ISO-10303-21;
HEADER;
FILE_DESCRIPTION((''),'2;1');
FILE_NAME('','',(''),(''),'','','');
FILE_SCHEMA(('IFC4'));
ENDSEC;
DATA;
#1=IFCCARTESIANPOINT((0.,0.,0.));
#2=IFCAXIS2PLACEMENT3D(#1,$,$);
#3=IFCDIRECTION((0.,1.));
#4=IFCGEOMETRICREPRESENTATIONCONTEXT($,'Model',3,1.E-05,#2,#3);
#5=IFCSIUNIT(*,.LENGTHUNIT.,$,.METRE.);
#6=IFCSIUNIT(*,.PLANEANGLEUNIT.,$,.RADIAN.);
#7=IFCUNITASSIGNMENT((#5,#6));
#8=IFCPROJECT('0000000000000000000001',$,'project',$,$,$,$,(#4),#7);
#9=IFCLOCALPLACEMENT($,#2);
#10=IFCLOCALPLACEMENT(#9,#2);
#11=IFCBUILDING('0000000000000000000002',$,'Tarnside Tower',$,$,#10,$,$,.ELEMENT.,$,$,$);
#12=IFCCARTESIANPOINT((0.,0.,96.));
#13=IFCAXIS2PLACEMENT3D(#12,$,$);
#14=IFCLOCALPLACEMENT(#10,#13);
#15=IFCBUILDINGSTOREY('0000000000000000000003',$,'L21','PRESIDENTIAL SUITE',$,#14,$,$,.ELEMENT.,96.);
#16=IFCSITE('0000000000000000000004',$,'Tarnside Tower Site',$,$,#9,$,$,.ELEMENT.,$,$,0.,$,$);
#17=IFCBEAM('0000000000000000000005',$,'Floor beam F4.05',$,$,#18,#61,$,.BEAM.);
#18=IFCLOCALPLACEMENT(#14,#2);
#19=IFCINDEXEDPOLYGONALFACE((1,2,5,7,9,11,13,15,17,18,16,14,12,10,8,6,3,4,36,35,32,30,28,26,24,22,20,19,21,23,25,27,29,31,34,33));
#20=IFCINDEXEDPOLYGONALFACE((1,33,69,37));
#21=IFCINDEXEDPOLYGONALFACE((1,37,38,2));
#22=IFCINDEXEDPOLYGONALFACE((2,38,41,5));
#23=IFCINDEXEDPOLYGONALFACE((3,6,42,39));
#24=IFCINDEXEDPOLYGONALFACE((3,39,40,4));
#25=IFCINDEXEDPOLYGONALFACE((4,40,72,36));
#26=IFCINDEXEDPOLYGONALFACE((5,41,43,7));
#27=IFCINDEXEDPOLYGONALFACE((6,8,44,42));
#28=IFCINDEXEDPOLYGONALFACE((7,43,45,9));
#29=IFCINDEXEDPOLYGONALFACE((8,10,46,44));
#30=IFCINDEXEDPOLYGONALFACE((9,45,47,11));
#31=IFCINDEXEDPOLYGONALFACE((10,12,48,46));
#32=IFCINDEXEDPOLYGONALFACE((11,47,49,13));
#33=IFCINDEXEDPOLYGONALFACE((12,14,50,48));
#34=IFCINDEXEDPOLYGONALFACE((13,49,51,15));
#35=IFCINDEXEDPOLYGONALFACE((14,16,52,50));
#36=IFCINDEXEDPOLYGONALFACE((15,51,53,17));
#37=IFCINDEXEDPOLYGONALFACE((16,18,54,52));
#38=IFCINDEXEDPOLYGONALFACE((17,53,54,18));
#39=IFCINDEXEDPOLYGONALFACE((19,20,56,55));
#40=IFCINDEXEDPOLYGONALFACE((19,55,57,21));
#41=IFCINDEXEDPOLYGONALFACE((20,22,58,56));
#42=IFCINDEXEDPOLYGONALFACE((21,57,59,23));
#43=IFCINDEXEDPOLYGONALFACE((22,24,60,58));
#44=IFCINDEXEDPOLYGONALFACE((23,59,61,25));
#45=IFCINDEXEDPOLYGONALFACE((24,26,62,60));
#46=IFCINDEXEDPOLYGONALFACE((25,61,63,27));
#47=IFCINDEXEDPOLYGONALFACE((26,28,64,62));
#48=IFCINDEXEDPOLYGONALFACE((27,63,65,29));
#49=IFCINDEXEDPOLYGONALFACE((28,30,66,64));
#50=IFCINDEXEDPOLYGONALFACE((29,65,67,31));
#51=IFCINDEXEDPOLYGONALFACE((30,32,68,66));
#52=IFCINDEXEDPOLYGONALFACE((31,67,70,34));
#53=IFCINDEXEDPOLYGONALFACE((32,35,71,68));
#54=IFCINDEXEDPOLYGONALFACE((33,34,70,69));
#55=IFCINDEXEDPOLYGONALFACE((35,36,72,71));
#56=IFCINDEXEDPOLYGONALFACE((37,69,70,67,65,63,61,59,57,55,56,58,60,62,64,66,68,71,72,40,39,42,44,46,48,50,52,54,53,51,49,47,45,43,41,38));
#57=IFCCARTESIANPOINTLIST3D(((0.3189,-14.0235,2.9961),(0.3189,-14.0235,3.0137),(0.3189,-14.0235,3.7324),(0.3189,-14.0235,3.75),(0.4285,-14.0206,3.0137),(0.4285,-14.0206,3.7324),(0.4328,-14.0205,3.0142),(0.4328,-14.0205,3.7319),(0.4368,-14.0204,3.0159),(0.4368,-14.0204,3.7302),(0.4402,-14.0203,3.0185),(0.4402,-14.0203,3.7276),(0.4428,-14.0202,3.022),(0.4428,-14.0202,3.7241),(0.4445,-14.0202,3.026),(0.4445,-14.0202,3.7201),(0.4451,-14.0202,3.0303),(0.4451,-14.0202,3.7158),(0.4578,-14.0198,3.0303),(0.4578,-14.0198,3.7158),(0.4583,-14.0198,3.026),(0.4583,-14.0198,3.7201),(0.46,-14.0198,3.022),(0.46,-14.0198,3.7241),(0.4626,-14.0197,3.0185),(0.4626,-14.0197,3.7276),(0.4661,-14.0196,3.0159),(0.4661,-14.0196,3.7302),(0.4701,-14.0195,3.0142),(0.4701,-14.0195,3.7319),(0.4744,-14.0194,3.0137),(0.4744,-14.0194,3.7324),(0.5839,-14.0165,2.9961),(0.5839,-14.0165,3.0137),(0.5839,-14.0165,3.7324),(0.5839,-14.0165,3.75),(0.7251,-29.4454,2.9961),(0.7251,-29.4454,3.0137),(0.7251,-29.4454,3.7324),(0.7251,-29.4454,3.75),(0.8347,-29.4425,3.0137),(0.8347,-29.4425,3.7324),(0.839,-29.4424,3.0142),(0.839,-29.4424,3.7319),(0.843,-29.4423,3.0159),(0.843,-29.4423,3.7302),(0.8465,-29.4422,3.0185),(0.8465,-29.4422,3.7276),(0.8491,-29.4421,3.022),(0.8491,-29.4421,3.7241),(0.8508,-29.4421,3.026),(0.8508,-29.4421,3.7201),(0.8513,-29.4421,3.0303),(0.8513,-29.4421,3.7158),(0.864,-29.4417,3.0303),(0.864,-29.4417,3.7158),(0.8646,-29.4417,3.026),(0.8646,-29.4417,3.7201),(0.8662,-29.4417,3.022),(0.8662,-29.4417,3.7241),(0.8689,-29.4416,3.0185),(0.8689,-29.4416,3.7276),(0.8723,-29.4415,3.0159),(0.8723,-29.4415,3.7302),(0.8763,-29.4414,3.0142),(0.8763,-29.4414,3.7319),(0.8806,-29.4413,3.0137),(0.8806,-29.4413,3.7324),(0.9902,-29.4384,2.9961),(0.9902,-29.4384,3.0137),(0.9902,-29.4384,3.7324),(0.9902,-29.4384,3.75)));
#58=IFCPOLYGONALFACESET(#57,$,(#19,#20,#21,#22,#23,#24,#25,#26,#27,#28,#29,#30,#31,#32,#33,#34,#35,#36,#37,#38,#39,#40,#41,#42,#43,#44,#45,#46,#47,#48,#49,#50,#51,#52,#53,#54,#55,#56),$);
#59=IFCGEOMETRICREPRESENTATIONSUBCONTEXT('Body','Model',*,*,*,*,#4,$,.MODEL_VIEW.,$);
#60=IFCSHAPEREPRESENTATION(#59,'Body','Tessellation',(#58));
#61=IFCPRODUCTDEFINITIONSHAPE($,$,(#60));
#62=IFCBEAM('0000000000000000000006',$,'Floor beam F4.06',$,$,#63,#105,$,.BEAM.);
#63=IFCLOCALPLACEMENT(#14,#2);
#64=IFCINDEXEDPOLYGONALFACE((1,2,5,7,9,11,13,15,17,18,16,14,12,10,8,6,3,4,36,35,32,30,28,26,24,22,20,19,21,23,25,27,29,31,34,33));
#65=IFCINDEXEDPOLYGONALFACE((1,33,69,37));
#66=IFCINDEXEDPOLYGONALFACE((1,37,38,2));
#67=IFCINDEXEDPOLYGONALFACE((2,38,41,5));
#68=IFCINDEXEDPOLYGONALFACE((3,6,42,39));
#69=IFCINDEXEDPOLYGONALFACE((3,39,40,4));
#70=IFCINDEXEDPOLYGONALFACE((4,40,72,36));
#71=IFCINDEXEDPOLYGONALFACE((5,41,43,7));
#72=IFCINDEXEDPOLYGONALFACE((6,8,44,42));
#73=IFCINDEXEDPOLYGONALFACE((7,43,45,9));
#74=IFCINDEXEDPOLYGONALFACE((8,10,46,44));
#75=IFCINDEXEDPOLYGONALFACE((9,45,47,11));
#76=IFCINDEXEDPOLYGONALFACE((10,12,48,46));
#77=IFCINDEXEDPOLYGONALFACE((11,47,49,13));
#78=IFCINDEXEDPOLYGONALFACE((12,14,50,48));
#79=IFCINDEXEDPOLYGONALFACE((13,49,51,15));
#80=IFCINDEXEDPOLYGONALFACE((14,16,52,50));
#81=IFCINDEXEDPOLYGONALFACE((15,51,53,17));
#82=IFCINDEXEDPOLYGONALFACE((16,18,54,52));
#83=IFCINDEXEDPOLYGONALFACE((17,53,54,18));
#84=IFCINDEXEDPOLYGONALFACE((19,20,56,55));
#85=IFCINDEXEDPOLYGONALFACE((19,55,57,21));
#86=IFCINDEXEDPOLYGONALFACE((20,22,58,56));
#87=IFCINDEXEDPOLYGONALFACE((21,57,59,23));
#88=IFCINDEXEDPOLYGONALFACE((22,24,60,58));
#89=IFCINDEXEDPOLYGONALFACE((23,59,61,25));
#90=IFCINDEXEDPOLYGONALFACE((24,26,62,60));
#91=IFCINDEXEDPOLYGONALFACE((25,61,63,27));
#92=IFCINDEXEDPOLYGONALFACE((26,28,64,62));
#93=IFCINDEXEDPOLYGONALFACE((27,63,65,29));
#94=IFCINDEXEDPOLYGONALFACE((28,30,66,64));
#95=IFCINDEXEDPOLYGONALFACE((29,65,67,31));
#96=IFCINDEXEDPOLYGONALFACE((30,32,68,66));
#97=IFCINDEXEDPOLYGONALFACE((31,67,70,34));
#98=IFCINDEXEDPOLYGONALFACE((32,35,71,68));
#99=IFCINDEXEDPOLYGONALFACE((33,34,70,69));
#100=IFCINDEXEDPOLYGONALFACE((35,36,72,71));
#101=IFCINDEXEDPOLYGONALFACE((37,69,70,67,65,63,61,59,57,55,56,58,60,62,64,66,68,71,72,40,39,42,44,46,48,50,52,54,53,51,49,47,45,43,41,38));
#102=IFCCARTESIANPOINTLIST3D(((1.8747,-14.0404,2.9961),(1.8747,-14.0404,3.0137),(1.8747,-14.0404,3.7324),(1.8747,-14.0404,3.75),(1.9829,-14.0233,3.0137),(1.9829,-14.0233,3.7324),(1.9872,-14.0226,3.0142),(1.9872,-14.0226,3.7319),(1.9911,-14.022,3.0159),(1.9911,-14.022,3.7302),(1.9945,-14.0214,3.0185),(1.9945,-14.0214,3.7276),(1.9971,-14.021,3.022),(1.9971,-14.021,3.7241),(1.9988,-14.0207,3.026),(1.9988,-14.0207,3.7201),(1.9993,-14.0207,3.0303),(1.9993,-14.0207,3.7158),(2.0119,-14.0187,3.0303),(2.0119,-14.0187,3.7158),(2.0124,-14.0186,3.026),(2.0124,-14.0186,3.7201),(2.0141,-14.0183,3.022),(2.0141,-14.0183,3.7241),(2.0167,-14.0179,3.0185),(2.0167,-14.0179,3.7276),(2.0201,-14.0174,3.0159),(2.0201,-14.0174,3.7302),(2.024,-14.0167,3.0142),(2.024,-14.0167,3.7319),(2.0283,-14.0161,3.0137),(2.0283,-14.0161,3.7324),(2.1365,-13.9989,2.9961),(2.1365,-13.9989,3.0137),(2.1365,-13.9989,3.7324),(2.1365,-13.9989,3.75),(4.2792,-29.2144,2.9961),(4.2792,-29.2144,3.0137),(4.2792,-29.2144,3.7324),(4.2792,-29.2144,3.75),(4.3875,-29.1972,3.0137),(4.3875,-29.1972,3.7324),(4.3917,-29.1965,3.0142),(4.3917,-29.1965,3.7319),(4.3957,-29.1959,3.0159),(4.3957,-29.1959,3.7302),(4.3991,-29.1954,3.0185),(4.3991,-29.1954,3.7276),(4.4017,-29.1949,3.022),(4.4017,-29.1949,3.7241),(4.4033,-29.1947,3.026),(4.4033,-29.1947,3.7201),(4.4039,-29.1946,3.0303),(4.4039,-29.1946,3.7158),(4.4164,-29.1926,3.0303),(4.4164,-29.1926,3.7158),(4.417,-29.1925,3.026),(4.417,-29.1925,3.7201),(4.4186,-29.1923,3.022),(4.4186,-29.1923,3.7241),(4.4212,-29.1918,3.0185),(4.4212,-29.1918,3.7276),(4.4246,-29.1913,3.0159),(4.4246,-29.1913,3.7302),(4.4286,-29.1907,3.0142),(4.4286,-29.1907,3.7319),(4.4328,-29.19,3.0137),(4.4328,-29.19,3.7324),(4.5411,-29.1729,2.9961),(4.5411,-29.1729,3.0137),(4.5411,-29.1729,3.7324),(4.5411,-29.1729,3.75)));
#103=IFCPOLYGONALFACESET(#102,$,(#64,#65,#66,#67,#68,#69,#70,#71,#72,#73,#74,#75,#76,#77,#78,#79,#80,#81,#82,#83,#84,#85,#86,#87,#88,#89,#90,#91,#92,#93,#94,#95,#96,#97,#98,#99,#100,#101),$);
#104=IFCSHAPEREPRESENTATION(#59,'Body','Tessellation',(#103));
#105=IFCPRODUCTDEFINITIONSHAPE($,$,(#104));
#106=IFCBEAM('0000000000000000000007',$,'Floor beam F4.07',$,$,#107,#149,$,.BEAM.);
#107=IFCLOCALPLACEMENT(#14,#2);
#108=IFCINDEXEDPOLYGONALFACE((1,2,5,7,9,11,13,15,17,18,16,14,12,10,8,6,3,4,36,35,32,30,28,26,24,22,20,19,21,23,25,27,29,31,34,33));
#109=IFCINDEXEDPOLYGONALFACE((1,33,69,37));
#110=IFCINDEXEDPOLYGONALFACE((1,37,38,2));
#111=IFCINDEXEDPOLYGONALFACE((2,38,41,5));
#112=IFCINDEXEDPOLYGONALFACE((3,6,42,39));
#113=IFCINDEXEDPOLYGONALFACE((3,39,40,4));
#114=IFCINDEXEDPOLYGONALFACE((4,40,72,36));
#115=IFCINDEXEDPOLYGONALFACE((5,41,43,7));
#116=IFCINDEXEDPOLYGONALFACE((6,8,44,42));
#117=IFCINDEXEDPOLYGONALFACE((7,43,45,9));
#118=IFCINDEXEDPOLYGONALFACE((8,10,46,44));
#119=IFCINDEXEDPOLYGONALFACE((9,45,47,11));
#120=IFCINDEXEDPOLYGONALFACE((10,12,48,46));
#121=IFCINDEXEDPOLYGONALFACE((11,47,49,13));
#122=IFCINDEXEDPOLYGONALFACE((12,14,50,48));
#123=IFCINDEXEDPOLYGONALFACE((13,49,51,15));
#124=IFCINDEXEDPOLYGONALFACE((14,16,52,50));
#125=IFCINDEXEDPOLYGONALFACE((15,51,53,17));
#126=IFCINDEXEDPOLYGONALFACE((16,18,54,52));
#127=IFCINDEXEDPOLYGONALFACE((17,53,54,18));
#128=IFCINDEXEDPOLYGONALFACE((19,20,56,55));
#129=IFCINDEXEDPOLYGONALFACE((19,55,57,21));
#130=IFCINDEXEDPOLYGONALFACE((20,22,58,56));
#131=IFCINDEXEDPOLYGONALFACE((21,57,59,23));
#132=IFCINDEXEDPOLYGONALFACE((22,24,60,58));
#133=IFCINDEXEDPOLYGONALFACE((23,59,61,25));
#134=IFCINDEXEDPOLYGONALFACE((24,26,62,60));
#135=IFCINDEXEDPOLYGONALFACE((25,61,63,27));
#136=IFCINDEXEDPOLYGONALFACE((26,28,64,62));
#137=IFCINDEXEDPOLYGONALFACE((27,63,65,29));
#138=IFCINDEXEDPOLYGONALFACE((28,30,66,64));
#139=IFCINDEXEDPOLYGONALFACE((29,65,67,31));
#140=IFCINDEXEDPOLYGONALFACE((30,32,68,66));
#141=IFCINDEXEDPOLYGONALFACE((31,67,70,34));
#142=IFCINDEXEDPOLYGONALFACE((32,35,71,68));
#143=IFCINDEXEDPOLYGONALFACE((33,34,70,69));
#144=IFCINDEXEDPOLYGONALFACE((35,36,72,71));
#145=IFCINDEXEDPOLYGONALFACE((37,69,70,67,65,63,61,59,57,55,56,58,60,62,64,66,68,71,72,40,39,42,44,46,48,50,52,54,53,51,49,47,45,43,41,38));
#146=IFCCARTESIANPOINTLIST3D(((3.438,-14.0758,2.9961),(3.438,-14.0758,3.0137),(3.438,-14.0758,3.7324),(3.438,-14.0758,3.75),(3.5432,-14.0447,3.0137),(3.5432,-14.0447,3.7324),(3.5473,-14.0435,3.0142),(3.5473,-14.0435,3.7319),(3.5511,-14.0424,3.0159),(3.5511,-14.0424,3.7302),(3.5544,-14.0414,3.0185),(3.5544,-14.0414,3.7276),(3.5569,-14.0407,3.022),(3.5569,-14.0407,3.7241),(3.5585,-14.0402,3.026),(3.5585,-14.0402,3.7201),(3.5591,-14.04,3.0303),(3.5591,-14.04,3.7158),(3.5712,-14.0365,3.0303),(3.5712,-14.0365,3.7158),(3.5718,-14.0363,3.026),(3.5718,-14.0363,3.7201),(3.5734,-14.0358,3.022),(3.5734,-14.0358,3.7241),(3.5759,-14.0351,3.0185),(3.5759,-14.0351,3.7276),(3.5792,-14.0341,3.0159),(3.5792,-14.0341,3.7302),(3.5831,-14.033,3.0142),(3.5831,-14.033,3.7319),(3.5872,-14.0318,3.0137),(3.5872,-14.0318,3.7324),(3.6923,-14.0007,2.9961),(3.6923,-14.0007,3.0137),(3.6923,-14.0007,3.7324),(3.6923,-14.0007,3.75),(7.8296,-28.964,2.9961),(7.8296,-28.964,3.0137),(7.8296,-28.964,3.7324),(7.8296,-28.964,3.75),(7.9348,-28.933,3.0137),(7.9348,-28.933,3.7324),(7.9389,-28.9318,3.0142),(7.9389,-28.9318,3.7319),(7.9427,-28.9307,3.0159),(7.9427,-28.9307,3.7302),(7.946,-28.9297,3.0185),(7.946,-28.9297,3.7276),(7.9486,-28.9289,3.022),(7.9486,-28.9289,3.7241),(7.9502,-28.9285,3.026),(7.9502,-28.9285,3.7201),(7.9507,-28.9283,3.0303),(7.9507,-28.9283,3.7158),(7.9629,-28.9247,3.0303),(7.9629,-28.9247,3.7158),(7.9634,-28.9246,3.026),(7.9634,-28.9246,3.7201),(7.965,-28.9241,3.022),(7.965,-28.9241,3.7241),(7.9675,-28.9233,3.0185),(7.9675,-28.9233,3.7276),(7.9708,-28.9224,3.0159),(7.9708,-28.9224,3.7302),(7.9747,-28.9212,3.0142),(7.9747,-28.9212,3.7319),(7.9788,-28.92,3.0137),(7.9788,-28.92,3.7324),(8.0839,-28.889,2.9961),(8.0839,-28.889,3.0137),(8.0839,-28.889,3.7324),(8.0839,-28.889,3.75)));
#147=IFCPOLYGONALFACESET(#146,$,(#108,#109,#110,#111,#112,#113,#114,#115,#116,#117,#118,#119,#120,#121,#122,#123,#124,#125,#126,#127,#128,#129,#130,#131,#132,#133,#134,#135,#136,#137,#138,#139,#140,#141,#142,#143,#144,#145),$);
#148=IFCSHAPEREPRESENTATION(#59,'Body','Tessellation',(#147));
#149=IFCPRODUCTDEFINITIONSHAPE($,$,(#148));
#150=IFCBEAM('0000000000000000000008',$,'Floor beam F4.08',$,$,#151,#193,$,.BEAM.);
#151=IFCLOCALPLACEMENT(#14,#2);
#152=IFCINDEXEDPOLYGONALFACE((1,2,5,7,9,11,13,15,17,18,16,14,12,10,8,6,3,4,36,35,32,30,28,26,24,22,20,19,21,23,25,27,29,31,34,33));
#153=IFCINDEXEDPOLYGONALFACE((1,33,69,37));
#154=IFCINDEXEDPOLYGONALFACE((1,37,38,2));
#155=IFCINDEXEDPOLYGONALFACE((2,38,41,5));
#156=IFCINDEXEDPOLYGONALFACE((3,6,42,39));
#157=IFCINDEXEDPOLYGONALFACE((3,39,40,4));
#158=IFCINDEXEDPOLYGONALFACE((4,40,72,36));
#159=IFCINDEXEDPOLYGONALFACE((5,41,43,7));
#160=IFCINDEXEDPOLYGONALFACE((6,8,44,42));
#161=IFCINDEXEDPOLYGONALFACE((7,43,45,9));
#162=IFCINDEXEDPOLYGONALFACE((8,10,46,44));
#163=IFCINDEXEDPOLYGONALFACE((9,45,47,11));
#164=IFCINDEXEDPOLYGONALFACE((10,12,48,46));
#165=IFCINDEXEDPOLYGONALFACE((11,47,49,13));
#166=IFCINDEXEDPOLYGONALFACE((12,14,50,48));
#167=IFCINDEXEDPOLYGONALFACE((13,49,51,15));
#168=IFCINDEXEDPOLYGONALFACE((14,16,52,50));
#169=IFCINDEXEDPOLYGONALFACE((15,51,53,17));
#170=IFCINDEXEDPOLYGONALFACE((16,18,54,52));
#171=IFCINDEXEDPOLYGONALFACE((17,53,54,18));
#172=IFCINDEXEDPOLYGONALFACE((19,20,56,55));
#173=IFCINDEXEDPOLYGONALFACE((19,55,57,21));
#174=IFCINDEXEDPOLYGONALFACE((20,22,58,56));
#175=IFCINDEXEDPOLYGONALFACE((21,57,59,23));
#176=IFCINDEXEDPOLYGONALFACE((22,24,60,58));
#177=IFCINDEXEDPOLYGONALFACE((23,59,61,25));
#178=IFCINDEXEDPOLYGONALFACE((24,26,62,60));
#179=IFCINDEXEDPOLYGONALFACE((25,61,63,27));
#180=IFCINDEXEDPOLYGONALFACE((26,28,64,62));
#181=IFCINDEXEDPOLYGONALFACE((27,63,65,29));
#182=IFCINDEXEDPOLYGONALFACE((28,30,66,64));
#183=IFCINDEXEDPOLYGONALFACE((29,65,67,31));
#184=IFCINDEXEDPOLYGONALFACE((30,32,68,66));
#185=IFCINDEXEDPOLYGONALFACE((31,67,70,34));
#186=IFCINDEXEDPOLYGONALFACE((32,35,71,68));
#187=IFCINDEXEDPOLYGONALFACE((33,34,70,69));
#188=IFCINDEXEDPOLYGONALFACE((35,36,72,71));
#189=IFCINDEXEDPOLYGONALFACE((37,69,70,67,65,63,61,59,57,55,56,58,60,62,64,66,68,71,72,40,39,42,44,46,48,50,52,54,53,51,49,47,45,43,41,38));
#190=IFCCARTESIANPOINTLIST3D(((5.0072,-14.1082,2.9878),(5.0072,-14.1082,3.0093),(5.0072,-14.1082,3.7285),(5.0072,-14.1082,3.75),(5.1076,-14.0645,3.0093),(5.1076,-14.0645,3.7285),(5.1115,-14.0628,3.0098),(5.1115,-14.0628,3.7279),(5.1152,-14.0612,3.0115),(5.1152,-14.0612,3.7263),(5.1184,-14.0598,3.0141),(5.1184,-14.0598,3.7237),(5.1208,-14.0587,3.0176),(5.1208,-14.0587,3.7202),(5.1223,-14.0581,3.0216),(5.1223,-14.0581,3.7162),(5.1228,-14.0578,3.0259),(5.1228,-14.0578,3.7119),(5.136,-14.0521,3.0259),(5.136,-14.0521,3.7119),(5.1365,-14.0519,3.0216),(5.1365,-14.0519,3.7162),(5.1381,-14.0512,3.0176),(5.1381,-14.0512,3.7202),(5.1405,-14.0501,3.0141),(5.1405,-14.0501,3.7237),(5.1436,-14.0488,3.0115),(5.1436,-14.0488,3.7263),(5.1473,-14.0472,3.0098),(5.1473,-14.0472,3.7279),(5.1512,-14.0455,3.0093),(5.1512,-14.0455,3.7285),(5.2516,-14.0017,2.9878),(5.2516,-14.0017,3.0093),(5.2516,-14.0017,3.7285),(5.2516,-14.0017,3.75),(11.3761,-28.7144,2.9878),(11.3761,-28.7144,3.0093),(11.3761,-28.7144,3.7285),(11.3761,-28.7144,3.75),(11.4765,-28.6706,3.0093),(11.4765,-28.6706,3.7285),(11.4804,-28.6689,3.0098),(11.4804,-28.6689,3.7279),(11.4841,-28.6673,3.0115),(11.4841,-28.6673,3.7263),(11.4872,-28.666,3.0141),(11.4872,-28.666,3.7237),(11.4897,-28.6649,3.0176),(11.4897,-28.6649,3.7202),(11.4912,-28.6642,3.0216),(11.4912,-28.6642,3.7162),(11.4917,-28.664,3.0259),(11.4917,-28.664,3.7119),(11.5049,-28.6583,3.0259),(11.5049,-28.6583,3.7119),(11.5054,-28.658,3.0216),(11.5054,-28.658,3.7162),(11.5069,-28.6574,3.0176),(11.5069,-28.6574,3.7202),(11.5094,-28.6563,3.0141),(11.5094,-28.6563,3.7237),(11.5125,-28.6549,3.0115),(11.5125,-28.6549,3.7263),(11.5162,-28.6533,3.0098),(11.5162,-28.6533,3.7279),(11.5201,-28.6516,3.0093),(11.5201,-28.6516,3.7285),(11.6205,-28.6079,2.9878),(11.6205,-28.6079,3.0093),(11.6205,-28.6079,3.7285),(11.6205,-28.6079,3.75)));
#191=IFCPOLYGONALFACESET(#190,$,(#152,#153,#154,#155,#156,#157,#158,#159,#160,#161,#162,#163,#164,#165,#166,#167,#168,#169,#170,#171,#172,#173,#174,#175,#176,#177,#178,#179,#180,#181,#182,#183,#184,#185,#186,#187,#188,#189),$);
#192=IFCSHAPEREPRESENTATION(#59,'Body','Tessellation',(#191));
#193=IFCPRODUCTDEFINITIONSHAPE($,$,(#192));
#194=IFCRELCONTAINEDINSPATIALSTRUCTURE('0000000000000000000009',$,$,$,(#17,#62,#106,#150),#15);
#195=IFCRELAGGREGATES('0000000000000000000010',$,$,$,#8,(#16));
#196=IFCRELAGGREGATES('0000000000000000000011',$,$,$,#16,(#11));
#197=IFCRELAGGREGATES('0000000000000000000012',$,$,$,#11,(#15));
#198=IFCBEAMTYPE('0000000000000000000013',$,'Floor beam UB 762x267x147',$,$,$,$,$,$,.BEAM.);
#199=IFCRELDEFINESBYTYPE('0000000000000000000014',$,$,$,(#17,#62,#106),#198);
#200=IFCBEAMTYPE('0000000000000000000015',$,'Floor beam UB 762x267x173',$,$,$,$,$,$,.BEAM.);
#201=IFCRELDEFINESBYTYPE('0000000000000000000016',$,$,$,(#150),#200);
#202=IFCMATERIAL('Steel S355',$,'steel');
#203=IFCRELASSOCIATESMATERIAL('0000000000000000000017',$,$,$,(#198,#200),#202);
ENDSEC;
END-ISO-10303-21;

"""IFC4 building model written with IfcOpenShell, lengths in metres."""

from ifc_helpers import new_model, si_unit, direction, frame, origin, origin_2d, place, context, subcontext, project, spatial, i_section, extrude, material, material_profile, profile_set, type_object, element, save


model = new_model("IFC4")

# Units and contexts
model_context = context("Model", 3, precision=1e-05, world=origin(), true_north=direction((0.0, 1.0)))
body_context = subcontext(model_context, "Body", "Model", "MODEL_VIEW")
ifc_project = project(units=[si_unit("LENGTHUNIT", "METRE"), si_unit("PLANEANGLEUNIT", "RADIAN")], contexts=[model_context])

# Site, building, storey
site_placement = place(None, origin())
site = spatial("IfcSite", under=ifc_project, at=site_placement, Name="Tarnside Tower Site", CompositionType="ELEMENT", RefElevation=0.0)
building_placement = place(site_placement, origin())
building = spatial("IfcBuilding", under=site, at=building_placement, Name="Tarnside Tower", CompositionType="ELEMENT")
storey_placement = place(building_placement, frame((0.0, 0.0, 96.0)))
storey = spatial("IfcBuildingStorey", under=building, at=storey_placement, Name="L21", Description="PRESIDENTIAL SUITE", CompositionType="ELEMENT", Elevation=96.0)

# Beams
ifc_material_1 = material(Name="Steel S355", Category="steel")
ifc_material_profile_1 = material_profile(ifc_material_1, i_section(OverallWidth=0.2651, OverallDepth=0.7539, WebThickness=0.0127, FlangeThickness=0.0176, FilletRadius=0.0166, at=origin_2d()), Name="UB 762x267x147")
ifc_profile_set_1 = profile_set([ifc_material_profile_1], Name="Steel S355")
beam_type_1 = type_object("IfcBeamType", Name="Floor beam UB 762x267x147", PredefinedType="BEAM", material=ifc_profile_set_1)
beam_1_placement = place(storey_placement, frame((0.8577, -29.4419, 3.373), z_axis=(-0.026333, 0.999653, 0.0), x_axis=(-0.999653, -0.026333, 0.0)))
element("IfcBeam", 1, at=beam_1_placement, inside=storey, type_object=beam_type_1, Name="Floor beam F4.05", PredefinedType="BEAM", context=body_context, shape_type="SweptSolid", body=[
    extrude(i_section(OverallWidth=0.2651, OverallDepth=0.7539, WebThickness=0.0127, FlangeThickness=0.0176, FilletRadius=0.0166, at=origin_2d()), origin(), (0.0, 0.0, 1.0), 15.4272),
])
beam_2_placement = place(storey_placement, frame((4.4102, -29.1936, 3.373), z_axis=(-0.156513, 0.987676, 0.0), x_axis=(-0.987676, -0.156513, 0.0)))
element("IfcBeam", 2, at=beam_2_placement, inside=storey, type_object=beam_type_1, Name="Floor beam F4.06", PredefinedType="BEAM", context=body_context, shape_type="SweptSolid", body=[
    extrude(i_section(OverallWidth=0.2651, OverallDepth=0.7539, WebThickness=0.0127, FlangeThickness=0.0176, FilletRadius=0.0166, at=origin_2d()), origin(), (0.0, 0.0, 1.0), 15.3633),
])
beam_3_placement = place(storey_placement, frame((7.9568, -28.9265, 3.373), z_axis=(-0.282921, 0.959143, 0.0), x_axis=(-0.959143, -0.282921, 0.0)))
element("IfcBeam", 3, at=beam_3_placement, inside=storey, type_object=beam_type_1, Name="Floor beam F4.07", PredefinedType="BEAM", context=body_context, shape_type="SweptSolid", body=[
    extrude(i_section(OverallWidth=0.2651, OverallDepth=0.7539, WebThickness=0.0127, FlangeThickness=0.0176, FilletRadius=0.0166, at=origin_2d()), origin(), (0.0, 0.0, 1.0), 15.5225),
])
ifc_material_profile_2 = material_profile(ifc_material_1, i_section(OverallWidth=0.2666, OverallDepth=0.7622, WebThickness=0.0144, FlangeThickness=0.0215, FilletRadius=0.0166, at=origin_2d()), Name="UB 762x267x173")
ifc_profile_set_2 = profile_set([ifc_material_profile_2], Name="Steel S355")
beam_type_2 = type_object("IfcBeamType", Name="Floor beam UB 762x267x173", PredefinedType="BEAM", material=ifc_profile_set_2)
beam_4_placement = place(storey_placement, frame((11.4983, -28.6611, 3.3689), z_axis=(-0.399696, 0.916648, 0.0), x_axis=(-0.916648, -0.399696, 0.0)))
element("IfcBeam", 4, at=beam_4_placement, inside=storey, type_object=beam_type_2, Name="Floor beam F4.08", PredefinedType="BEAM", context=body_context, shape_type="SweptSolid", body=[
    extrude(i_section(OverallWidth=0.2666, OverallDepth=0.7622, WebThickness=0.0144, FlangeThickness=0.0215, FilletRadius=0.0166, at=origin_2d()), origin(), (0.0, 0.0, 1.0), 15.9343),
])

save(model, "model.ifc")
